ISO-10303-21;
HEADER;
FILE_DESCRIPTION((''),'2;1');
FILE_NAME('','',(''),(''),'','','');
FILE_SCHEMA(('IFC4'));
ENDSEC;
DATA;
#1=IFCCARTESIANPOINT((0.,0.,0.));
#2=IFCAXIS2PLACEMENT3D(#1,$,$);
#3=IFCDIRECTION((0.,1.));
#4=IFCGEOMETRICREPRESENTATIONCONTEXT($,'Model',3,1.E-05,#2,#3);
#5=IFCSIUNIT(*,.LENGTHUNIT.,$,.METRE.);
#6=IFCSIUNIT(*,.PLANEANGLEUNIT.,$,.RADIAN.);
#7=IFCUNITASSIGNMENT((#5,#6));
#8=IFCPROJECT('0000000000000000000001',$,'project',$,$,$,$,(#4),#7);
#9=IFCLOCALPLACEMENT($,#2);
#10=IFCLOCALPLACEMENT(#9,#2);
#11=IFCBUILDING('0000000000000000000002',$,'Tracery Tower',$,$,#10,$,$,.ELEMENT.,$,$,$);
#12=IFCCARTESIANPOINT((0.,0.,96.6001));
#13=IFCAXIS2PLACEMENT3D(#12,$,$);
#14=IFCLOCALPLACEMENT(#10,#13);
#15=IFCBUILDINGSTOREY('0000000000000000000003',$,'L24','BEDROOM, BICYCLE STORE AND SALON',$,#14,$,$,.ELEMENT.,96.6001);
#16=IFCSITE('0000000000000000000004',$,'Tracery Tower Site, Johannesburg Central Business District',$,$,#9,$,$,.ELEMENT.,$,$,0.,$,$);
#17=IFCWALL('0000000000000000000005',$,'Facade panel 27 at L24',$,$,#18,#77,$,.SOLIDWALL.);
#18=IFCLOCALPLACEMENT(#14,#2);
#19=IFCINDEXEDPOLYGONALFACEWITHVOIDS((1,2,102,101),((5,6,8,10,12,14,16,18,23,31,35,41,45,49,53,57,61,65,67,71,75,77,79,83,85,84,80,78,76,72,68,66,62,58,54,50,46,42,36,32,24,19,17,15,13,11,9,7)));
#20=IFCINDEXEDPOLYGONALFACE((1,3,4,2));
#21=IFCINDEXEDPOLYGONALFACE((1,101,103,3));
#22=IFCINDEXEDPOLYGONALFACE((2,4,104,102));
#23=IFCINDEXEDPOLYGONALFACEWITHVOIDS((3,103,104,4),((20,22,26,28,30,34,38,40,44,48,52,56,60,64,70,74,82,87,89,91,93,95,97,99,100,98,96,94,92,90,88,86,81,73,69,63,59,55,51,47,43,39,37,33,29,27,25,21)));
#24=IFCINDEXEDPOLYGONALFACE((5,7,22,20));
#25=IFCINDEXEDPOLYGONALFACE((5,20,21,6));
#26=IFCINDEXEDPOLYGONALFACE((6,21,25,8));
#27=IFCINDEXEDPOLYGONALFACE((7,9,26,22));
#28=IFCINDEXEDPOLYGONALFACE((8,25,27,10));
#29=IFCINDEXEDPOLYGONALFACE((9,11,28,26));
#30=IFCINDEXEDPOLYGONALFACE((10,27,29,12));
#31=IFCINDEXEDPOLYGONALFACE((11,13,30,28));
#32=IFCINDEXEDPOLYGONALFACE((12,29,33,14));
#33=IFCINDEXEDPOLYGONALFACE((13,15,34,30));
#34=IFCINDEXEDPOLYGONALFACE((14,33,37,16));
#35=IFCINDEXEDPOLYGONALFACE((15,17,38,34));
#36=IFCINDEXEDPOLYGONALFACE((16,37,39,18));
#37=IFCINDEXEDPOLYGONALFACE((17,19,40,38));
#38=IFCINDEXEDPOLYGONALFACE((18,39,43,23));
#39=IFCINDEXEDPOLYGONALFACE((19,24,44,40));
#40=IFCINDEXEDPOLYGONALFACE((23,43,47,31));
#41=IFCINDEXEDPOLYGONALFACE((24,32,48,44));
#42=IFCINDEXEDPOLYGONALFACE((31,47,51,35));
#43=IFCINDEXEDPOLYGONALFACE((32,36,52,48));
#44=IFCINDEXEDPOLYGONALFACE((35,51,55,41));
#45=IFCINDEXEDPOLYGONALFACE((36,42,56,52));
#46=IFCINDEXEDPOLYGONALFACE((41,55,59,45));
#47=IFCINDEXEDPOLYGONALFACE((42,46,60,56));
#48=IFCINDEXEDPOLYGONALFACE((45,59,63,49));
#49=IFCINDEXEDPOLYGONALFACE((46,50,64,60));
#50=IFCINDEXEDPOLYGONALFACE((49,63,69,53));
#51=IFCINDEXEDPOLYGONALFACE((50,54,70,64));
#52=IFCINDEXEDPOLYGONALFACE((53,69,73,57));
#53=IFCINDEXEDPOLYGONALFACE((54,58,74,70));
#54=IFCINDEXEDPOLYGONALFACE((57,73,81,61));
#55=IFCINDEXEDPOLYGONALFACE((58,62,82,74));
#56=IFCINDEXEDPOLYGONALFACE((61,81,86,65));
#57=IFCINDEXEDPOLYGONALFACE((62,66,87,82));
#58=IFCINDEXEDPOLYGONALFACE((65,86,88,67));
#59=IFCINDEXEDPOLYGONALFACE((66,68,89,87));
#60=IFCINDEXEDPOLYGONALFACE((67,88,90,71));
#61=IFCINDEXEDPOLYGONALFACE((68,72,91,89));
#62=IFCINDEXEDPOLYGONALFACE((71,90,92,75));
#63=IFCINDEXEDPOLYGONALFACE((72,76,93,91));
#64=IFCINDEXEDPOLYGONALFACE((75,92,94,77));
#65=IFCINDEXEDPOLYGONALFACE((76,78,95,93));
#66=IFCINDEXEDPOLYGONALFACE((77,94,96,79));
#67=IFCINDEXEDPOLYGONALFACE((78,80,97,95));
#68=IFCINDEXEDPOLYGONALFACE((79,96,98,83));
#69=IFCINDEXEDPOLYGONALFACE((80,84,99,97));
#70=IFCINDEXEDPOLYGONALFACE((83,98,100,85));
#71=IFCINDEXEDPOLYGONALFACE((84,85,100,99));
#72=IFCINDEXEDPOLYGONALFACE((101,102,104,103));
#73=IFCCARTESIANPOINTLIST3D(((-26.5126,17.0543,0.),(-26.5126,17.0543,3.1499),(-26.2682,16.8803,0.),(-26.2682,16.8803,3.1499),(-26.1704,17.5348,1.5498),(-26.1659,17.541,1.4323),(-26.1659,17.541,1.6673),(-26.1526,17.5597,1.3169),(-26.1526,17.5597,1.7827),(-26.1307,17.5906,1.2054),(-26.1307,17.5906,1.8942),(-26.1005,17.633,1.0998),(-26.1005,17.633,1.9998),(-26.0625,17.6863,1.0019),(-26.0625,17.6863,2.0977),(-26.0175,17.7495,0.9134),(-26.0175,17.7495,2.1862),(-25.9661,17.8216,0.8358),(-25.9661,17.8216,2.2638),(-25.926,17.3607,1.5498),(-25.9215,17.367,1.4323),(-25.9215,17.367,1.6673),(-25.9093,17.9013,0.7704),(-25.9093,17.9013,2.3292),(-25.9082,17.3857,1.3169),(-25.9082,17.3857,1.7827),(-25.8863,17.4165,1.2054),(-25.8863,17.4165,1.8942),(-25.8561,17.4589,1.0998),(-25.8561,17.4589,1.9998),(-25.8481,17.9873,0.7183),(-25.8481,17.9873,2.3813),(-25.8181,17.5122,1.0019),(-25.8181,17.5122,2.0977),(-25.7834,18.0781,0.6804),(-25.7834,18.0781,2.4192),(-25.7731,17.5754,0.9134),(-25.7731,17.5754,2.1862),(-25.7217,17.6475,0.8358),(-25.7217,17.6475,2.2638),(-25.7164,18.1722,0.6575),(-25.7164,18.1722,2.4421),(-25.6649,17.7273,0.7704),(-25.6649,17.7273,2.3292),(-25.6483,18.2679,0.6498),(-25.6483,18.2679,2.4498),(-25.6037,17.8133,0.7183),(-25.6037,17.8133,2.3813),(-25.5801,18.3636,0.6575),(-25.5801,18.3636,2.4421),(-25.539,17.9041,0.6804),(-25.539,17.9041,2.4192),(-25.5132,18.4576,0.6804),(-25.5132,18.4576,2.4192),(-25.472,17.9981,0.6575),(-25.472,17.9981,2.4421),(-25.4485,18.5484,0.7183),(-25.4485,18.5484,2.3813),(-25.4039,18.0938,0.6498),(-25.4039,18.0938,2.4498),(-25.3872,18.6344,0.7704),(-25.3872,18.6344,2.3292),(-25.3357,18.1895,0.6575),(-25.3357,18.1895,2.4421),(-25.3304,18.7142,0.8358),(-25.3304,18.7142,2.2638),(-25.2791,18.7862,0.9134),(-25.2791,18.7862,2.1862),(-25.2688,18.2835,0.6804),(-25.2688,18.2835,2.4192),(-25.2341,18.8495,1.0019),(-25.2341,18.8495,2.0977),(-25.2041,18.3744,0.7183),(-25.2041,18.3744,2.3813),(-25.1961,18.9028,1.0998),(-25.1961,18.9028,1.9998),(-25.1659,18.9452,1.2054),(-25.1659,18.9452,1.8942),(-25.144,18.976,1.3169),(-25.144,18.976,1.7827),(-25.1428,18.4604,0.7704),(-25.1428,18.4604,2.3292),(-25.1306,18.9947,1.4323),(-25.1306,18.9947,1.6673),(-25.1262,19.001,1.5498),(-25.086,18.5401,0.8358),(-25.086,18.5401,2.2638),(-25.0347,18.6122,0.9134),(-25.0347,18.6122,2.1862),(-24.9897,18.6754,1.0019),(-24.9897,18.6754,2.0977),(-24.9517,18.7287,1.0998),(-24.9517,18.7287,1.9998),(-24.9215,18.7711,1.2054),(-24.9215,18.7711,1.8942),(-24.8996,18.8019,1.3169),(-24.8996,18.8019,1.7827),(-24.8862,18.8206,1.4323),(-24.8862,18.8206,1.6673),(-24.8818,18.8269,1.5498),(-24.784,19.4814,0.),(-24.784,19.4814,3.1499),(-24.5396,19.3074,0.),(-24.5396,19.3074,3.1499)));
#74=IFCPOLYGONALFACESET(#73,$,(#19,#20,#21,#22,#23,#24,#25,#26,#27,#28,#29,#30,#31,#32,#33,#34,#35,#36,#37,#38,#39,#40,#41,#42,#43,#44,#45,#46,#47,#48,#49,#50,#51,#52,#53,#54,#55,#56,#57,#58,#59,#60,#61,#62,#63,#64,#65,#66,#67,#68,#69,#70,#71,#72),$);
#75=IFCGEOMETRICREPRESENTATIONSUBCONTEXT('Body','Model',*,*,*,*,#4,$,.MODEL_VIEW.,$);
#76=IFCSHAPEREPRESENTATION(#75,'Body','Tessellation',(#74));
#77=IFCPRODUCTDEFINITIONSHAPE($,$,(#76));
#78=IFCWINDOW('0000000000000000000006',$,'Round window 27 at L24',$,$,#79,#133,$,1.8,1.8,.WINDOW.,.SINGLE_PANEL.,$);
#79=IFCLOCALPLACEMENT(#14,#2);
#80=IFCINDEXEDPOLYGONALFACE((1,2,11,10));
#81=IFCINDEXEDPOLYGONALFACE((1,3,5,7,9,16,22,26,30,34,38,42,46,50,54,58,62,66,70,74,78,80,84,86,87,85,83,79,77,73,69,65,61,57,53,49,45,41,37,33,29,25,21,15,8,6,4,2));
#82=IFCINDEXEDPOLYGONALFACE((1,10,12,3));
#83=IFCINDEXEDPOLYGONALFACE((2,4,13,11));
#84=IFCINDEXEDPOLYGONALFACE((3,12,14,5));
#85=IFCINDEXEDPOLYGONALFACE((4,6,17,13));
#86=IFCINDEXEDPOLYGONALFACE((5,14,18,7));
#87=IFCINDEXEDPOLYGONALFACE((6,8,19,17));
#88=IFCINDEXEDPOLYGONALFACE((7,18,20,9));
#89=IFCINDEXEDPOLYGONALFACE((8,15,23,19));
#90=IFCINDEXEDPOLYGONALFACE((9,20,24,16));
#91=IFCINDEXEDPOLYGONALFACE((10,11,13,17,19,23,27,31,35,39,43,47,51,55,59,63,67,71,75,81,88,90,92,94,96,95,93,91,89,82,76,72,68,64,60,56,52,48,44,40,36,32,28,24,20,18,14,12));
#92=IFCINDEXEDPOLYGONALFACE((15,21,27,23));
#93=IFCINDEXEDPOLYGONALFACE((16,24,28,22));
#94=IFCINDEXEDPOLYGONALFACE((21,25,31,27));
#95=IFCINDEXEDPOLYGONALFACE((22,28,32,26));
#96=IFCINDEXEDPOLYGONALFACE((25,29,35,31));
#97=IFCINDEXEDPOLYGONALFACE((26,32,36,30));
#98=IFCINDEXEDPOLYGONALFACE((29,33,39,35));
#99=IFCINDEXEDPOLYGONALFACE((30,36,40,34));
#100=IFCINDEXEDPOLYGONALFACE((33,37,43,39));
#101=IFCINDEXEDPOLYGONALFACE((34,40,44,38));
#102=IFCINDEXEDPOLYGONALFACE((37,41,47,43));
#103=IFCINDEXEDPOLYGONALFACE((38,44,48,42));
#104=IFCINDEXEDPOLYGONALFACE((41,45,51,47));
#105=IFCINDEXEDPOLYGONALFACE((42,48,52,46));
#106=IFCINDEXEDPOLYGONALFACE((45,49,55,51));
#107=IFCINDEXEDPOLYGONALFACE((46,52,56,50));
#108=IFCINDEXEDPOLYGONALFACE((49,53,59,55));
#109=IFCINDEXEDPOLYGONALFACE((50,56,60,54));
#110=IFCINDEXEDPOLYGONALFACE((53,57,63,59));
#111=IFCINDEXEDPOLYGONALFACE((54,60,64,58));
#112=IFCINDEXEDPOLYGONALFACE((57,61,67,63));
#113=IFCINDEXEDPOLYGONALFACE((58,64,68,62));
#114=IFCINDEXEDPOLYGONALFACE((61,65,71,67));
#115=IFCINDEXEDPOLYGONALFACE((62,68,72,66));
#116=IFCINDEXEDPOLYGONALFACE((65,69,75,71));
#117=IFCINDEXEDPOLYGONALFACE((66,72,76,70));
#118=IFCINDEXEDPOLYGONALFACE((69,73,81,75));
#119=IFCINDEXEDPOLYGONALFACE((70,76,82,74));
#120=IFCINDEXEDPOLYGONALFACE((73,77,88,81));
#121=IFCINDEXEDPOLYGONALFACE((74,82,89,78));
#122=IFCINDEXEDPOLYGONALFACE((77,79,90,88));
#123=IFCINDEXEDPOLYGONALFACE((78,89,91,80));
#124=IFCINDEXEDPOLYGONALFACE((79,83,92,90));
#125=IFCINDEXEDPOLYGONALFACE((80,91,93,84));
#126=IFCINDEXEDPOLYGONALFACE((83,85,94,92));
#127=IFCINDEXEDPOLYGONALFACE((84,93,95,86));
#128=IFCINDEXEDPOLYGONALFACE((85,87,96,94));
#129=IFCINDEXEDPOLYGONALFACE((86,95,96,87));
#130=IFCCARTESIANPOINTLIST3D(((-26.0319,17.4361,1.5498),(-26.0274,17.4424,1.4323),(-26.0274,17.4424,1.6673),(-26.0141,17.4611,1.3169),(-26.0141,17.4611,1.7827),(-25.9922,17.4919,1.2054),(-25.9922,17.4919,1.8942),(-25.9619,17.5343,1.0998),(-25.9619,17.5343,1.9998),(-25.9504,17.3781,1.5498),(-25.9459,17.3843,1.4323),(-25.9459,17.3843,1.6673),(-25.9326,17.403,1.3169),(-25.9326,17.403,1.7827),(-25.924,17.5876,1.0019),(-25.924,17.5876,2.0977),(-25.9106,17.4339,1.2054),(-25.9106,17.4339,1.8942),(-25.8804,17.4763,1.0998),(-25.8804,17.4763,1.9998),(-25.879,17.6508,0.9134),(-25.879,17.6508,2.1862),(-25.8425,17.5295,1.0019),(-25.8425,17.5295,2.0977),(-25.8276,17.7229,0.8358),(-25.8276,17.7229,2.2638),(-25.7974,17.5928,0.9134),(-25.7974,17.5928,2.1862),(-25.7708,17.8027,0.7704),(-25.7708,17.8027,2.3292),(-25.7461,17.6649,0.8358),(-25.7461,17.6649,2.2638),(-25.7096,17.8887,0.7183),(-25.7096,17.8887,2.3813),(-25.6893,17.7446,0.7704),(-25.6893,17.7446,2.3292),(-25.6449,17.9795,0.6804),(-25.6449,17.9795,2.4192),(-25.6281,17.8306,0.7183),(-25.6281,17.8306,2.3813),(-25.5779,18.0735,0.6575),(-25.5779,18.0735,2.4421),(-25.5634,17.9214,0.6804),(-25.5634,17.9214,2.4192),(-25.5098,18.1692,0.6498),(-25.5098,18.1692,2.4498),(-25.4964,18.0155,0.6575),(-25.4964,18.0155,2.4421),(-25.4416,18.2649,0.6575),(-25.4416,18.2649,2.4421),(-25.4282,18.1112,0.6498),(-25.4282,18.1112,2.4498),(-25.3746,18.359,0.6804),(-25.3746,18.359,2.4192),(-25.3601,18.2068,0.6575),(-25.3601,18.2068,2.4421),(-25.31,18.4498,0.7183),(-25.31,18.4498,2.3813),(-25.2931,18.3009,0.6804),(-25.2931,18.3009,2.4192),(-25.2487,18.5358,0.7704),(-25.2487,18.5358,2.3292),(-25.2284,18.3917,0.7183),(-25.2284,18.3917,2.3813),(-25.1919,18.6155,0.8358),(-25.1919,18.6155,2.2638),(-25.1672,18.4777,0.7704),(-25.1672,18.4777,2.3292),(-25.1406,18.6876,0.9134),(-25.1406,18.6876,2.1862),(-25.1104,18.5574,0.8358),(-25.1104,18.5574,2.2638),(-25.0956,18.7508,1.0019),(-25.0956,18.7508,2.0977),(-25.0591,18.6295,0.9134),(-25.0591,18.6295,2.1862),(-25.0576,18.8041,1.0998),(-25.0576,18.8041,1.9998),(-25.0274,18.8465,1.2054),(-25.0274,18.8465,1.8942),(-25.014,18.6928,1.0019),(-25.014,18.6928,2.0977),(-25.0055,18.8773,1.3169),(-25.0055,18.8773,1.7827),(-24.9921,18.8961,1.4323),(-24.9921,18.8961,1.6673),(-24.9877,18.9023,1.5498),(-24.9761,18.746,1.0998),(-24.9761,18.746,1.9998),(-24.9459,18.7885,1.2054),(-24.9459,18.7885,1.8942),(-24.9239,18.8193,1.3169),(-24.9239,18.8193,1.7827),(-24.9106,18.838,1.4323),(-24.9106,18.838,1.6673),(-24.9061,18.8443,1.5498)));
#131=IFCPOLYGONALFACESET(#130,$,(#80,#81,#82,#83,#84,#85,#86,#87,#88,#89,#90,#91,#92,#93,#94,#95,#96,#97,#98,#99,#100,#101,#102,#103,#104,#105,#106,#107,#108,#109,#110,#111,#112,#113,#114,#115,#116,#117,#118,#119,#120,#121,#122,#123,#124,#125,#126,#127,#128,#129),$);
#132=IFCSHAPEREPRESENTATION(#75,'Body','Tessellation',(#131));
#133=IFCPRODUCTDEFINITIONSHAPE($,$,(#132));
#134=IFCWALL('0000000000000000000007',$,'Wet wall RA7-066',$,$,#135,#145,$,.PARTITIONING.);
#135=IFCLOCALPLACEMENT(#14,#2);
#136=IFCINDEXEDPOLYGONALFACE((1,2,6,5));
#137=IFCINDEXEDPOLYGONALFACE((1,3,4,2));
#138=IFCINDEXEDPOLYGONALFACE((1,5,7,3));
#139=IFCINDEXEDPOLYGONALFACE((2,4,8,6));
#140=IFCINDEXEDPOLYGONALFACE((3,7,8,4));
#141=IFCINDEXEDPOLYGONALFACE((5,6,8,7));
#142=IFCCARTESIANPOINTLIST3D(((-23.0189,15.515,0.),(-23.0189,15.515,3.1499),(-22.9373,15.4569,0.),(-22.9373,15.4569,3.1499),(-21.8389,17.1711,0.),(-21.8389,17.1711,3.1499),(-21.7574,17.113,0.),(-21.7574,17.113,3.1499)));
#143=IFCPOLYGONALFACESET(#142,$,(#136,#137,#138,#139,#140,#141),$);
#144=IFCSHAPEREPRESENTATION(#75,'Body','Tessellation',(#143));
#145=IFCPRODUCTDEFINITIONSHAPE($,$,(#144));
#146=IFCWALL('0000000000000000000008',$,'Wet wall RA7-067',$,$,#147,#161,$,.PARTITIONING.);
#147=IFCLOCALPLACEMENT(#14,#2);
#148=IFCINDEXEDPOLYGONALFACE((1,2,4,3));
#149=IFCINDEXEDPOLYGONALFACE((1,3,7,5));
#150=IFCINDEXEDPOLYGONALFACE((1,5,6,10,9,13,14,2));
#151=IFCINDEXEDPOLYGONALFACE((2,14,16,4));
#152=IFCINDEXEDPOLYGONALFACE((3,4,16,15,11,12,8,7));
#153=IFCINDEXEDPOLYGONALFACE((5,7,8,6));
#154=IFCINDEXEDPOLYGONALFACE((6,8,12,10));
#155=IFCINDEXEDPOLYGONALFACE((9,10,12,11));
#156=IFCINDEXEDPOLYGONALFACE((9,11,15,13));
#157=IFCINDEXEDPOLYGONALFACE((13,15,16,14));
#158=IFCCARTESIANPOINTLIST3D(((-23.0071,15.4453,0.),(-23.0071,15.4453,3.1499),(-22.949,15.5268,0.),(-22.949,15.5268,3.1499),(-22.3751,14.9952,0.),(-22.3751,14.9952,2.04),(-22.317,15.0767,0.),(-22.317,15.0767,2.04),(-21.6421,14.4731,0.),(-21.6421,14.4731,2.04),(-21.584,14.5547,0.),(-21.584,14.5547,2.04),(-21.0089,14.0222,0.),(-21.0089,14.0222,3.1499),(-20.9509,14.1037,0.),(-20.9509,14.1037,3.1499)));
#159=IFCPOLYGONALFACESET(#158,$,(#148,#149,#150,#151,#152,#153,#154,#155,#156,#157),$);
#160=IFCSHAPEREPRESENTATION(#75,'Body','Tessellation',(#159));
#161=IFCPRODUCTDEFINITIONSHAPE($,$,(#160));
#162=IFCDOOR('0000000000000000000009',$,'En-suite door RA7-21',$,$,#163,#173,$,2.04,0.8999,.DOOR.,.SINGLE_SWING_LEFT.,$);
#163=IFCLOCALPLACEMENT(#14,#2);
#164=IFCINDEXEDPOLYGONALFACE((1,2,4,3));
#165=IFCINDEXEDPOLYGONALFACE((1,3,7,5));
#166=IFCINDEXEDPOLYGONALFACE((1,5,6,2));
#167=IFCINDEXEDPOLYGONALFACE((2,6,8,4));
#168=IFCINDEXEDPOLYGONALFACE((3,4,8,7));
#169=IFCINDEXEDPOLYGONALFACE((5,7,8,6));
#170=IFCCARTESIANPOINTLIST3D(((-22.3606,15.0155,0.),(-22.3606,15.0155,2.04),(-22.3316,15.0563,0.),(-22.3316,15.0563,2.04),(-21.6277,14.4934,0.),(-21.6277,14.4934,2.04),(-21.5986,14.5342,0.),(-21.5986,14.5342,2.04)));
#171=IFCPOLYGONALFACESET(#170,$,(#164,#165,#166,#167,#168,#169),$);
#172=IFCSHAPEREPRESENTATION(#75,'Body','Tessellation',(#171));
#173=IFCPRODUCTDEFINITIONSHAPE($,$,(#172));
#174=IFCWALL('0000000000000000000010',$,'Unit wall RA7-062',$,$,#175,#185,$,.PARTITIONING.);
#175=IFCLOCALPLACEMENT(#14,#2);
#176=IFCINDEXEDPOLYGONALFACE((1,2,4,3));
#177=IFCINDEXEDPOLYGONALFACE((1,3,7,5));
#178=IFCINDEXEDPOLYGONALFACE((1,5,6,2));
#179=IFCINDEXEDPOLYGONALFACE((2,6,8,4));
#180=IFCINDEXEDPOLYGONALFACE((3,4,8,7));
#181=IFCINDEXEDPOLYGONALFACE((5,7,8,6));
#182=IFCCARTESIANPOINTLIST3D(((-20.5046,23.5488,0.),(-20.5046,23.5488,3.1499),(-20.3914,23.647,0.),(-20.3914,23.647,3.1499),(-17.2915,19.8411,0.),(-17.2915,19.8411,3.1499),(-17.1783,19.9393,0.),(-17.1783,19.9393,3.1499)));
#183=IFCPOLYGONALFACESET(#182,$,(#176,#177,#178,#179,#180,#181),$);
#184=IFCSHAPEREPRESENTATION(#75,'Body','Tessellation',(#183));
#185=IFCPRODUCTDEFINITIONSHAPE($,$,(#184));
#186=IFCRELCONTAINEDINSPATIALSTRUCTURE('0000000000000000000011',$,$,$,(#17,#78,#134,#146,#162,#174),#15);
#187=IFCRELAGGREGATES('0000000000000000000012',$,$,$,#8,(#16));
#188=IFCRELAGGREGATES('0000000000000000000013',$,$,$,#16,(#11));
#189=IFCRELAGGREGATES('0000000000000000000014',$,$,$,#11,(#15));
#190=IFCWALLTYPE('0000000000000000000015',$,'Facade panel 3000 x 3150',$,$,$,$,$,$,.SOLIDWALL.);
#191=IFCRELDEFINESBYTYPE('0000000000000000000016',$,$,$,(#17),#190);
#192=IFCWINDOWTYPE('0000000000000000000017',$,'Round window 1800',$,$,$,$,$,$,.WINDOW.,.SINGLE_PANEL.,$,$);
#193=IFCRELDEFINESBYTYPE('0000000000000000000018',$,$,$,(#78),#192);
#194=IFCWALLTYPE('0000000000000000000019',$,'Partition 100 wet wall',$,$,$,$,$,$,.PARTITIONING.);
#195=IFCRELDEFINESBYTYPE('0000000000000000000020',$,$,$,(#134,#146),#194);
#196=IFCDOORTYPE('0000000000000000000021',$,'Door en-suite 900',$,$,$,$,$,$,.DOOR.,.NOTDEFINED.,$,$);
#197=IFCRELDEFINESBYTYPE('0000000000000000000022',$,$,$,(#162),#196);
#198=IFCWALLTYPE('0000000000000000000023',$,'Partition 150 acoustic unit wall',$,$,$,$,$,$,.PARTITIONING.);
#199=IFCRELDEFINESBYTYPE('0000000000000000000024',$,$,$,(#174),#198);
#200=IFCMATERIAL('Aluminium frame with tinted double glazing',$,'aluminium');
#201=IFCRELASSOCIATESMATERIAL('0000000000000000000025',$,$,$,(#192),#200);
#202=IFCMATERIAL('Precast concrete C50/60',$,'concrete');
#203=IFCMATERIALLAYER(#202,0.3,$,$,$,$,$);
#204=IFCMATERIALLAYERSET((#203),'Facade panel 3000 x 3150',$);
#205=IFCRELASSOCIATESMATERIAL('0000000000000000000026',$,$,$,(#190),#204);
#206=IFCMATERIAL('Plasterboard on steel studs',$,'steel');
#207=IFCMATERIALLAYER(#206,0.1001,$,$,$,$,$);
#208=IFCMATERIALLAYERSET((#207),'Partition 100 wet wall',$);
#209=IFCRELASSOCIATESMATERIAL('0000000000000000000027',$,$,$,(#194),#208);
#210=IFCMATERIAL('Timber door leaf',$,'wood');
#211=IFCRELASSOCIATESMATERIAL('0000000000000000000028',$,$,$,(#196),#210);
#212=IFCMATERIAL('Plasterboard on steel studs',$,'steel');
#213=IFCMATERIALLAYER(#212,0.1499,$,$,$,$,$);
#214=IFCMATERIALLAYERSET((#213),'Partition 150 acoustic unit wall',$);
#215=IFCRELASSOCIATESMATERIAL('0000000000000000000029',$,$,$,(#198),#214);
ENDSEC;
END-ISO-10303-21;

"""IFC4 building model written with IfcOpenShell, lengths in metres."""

from ifc_helpers import new_model, si_unit, direction, frame, frame_2d, origin, origin_2d, place, context, subcontext, project, spatial, rectangle, circle, extrude, material, layer, layer_set, type_object, element, fill, save


model = new_model("IFC4")

# Units and contexts
model_context = context("Model", 3, precision=1e-05, world=origin(), true_north=direction((0.0, 1.0)))
body_context = subcontext(model_context, "Body", "Model", "MODEL_VIEW")
ifc_project = project(units=[si_unit("LENGTHUNIT", "METRE"), si_unit("PLANEANGLEUNIT", "RADIAN")], contexts=[model_context])

# Site, building, storey
site_placement = place(None, origin())
site = spatial("IfcSite", under=ifc_project, at=site_placement, Name="Tracery Tower Site, Johannesburg Central Business District", CompositionType="ELEMENT", RefElevation=0.0)
building_placement = place(site_placement, origin())
building = spatial("IfcBuilding", under=site, at=building_placement, Name="Tracery Tower", CompositionType="ELEMENT")
storey_placement = place(building_placement, frame((0.0, 0.0, 96.6001)))
storey = spatial("IfcBuildingStorey", under=building, at=storey_placement, Name="L24", Description="BEDROOM, BICYCLE STORE AND SALON", CompositionType="ELEMENT", Elevation=96.6001)

# Wall, opening, window
ifc_material_1 = material(Name="Aluminium frame with tinted double glazing", Category="aluminium")
window_type = type_object("IfcWindowType", Name="Round window 1800", PartitioningType="SINGLE_PANEL", PredefinedType="WINDOW", material=ifc_material_1)
ifc_material_2 = material(Name="Precast concrete C50/60", Category="concrete")
ifc_layer_1 = layer(ifc_material_2, 0.3)
ifc_layer_set_1 = layer_set([ifc_layer_1], Name="Facade panel 3000 x 3150")
wall_type_1 = type_object("IfcWallType", Name="Facade panel 3000 x 3150", PredefinedType="SOLIDWALL", material=ifc_layer_set_1)
wall_1_placement = place(storey_placement, frame((-24.6619, 19.3943, 0.0), z_axis=(0.0, 0.0, 1.0), x_axis=(-0.580114, -0.814535, 0.0)))
wall_1 = element("IfcWall", 1, at=wall_1_placement, inside=storey, type_object=wall_type_1, Name="Facade panel 27 at L24", PredefinedType="SOLIDWALL", context=body_context, shape_type="SweptSolid", body=[
    extrude(rectangle(XDim=2.9797, YDim=0.3, at=frame_2d((1.4897, 0.0))), origin(), (0.0, 0.0, 1.0), 3.1499),
])
opening_1_placement = place(wall_1_placement, frame((1.4897, 0.0, 1.5498)))
opening_1 = element("IfcOpeningElement", 2, at=opening_1_placement, cuts=wall_1, PredefinedType="OPENING", context=body_context, shape_type="SweptSolid", body=[
    extrude(circle(Radius=0.9, at=origin_2d()), frame((0.0, 0.1599, 0.0), z_axis=(0.0, -1.0, 0.0), x_axis=(1.0, 0.0, 0.0)), (0.0, 0.0, 1.0), 0.3201),
])
window_1_placement = place(opening_1_placement, origin())
window_1 = element("IfcWindow", 3, at=window_1_placement, inside=storey, type_object=window_type, Name="Round window 27 at L24", OverallHeight=1.8, OverallWidth=1.8, PartitioningType="SINGLE_PANEL", PredefinedType="WINDOW", context=body_context, shape_type="SweptSolid", body=[
    extrude(circle(Radius=0.9, at=origin_2d()), frame((0.0, 0.1201, 0.0), z_axis=(0.0, -1.0, 0.0), x_axis=(1.0, 0.0, 0.0)), (0.0, 0.0, 1.0), 0.1001),
])
fill(opening_1, window_1)

# Wall
ifc_material_3 = material(Name="Plasterboard on steel studs", Category="steel")
ifc_layer_2 = layer(ifc_material_3, 0.1001)
ifc_layer_set_2 = layer_set([ifc_layer_2], Name="Partition 100 wet wall")
wall_type_2 = type_object("IfcWallType", Name="Partition 100 wet wall", PredefinedType="PARTITIONING", material=ifc_layer_set_2)
wall_2_placement = place(storey_placement, frame((-22.978, 15.4861, 0.0), z_axis=(0.0, 0.0, 1.0), x_axis=(0.580284, 0.814414, 0.0)))
element("IfcWall", 4, at=wall_2_placement, inside=storey, type_object=wall_type_2, Name="Wet wall RA7-066", PredefinedType="PARTITIONING", context=body_context, shape_type="SweptSolid", body=[
    extrude(rectangle(XDim=2.0334, YDim=0.1001, at=frame_2d((1.0166, 0.0))), origin(), (0.0, 0.0, 1.0), 3.1499),
])

# Wall, opening, door
wall_3_placement = place(storey_placement, frame((-22.978, 15.4861, 0.0), z_axis=(0.0, 0.0, 1.0), x_axis=(0.81452, -0.580136, 0.0)))
wall_3 = element("IfcWall", 5, at=wall_3_placement, inside=storey, type_object=wall_type_2, Name="Wet wall RA7-067", PredefinedType="PARTITIONING", context=body_context, shape_type="SweptSolid", body=[
    extrude(rectangle(XDim=2.4531, YDim=0.1001, at=frame_2d((1.2266, 0.0))), origin(), (0.0, 0.0, 1.0), 3.1499),
])
opening_2_placement = place(wall_3_placement, frame((0.7759, 0.0, 0.0)))
opening_2 = element("IfcOpeningElement", 6, at=opening_2_placement, cuts=wall_3, PredefinedType="OPENING", context=body_context, shape_type="SweptSolid", body=[
    extrude(rectangle(XDim=0.8999, YDim=2.04, at=frame_2d((0.45, 1.02))), frame((0.0, 0.05, 0.0), z_axis=(0.0, -1.0, 0.0), x_axis=(1.0, 0.0, 0.0)), (0.0, 0.0, 1.0), 0.1001),
])
ifc_material_4 = material(Name="Timber door leaf", Category="wood")
door_type = type_object("IfcDoorType", Name="Door en-suite 900", OperationType="NOTDEFINED", PredefinedType="DOOR", material=ifc_material_4)
door_placement = place(opening_2_placement, origin())
door = element("IfcDoor", 7, at=door_placement, inside=storey, type_object=door_type, Name="En-suite door RA7-21", OperationType="SINGLE_SWING_LEFT", OverallHeight=2.04, OverallWidth=0.8999, PredefinedType="DOOR", context=body_context, shape_type="SweptSolid", body=[
    extrude(rectangle(XDim=0.8999, YDim=2.04, at=frame_2d((0.45, 1.02))), frame((0.0, 0.0249, 0.0), z_axis=(0.0, -1.0, 0.0), x_axis=(1.0, 0.0, 0.0)), (0.0, 0.0, 1.0), 0.05),
])
fill(opening_2, door)

# Wall
ifc_material_5 = material(Name="Plasterboard on steel studs", Category="steel")
ifc_layer_3 = layer(ifc_material_5, 0.1499)
ifc_layer_set_3 = layer_set([ifc_layer_3], Name="Partition 150 acoustic unit wall")
wall_type_3 = type_object("IfcWallType", Name="Partition 150 acoustic unit wall", PredefinedType="PARTITIONING", material=ifc_layer_set_3)
wall_4_placement = place(storey_placement, frame((-20.448, 23.5979, 0.0), z_axis=(0.0, 0.0, 1.0), x_axis=(0.6549, -0.755715, 0.0)))
element("IfcWall", 8, at=wall_4_placement, inside=storey, type_object=wall_type_3, Name="Unit wall RA7-062", PredefinedType="PARTITIONING", context=body_context, shape_type="SweptSolid", body=[
    extrude(rectangle(XDim=4.9062, YDim=0.1499, at=frame_2d((2.4531, 0.0))), origin(), (0.0, 0.0, 1.0), 3.1499),
])

save(model, "model.ifc")
